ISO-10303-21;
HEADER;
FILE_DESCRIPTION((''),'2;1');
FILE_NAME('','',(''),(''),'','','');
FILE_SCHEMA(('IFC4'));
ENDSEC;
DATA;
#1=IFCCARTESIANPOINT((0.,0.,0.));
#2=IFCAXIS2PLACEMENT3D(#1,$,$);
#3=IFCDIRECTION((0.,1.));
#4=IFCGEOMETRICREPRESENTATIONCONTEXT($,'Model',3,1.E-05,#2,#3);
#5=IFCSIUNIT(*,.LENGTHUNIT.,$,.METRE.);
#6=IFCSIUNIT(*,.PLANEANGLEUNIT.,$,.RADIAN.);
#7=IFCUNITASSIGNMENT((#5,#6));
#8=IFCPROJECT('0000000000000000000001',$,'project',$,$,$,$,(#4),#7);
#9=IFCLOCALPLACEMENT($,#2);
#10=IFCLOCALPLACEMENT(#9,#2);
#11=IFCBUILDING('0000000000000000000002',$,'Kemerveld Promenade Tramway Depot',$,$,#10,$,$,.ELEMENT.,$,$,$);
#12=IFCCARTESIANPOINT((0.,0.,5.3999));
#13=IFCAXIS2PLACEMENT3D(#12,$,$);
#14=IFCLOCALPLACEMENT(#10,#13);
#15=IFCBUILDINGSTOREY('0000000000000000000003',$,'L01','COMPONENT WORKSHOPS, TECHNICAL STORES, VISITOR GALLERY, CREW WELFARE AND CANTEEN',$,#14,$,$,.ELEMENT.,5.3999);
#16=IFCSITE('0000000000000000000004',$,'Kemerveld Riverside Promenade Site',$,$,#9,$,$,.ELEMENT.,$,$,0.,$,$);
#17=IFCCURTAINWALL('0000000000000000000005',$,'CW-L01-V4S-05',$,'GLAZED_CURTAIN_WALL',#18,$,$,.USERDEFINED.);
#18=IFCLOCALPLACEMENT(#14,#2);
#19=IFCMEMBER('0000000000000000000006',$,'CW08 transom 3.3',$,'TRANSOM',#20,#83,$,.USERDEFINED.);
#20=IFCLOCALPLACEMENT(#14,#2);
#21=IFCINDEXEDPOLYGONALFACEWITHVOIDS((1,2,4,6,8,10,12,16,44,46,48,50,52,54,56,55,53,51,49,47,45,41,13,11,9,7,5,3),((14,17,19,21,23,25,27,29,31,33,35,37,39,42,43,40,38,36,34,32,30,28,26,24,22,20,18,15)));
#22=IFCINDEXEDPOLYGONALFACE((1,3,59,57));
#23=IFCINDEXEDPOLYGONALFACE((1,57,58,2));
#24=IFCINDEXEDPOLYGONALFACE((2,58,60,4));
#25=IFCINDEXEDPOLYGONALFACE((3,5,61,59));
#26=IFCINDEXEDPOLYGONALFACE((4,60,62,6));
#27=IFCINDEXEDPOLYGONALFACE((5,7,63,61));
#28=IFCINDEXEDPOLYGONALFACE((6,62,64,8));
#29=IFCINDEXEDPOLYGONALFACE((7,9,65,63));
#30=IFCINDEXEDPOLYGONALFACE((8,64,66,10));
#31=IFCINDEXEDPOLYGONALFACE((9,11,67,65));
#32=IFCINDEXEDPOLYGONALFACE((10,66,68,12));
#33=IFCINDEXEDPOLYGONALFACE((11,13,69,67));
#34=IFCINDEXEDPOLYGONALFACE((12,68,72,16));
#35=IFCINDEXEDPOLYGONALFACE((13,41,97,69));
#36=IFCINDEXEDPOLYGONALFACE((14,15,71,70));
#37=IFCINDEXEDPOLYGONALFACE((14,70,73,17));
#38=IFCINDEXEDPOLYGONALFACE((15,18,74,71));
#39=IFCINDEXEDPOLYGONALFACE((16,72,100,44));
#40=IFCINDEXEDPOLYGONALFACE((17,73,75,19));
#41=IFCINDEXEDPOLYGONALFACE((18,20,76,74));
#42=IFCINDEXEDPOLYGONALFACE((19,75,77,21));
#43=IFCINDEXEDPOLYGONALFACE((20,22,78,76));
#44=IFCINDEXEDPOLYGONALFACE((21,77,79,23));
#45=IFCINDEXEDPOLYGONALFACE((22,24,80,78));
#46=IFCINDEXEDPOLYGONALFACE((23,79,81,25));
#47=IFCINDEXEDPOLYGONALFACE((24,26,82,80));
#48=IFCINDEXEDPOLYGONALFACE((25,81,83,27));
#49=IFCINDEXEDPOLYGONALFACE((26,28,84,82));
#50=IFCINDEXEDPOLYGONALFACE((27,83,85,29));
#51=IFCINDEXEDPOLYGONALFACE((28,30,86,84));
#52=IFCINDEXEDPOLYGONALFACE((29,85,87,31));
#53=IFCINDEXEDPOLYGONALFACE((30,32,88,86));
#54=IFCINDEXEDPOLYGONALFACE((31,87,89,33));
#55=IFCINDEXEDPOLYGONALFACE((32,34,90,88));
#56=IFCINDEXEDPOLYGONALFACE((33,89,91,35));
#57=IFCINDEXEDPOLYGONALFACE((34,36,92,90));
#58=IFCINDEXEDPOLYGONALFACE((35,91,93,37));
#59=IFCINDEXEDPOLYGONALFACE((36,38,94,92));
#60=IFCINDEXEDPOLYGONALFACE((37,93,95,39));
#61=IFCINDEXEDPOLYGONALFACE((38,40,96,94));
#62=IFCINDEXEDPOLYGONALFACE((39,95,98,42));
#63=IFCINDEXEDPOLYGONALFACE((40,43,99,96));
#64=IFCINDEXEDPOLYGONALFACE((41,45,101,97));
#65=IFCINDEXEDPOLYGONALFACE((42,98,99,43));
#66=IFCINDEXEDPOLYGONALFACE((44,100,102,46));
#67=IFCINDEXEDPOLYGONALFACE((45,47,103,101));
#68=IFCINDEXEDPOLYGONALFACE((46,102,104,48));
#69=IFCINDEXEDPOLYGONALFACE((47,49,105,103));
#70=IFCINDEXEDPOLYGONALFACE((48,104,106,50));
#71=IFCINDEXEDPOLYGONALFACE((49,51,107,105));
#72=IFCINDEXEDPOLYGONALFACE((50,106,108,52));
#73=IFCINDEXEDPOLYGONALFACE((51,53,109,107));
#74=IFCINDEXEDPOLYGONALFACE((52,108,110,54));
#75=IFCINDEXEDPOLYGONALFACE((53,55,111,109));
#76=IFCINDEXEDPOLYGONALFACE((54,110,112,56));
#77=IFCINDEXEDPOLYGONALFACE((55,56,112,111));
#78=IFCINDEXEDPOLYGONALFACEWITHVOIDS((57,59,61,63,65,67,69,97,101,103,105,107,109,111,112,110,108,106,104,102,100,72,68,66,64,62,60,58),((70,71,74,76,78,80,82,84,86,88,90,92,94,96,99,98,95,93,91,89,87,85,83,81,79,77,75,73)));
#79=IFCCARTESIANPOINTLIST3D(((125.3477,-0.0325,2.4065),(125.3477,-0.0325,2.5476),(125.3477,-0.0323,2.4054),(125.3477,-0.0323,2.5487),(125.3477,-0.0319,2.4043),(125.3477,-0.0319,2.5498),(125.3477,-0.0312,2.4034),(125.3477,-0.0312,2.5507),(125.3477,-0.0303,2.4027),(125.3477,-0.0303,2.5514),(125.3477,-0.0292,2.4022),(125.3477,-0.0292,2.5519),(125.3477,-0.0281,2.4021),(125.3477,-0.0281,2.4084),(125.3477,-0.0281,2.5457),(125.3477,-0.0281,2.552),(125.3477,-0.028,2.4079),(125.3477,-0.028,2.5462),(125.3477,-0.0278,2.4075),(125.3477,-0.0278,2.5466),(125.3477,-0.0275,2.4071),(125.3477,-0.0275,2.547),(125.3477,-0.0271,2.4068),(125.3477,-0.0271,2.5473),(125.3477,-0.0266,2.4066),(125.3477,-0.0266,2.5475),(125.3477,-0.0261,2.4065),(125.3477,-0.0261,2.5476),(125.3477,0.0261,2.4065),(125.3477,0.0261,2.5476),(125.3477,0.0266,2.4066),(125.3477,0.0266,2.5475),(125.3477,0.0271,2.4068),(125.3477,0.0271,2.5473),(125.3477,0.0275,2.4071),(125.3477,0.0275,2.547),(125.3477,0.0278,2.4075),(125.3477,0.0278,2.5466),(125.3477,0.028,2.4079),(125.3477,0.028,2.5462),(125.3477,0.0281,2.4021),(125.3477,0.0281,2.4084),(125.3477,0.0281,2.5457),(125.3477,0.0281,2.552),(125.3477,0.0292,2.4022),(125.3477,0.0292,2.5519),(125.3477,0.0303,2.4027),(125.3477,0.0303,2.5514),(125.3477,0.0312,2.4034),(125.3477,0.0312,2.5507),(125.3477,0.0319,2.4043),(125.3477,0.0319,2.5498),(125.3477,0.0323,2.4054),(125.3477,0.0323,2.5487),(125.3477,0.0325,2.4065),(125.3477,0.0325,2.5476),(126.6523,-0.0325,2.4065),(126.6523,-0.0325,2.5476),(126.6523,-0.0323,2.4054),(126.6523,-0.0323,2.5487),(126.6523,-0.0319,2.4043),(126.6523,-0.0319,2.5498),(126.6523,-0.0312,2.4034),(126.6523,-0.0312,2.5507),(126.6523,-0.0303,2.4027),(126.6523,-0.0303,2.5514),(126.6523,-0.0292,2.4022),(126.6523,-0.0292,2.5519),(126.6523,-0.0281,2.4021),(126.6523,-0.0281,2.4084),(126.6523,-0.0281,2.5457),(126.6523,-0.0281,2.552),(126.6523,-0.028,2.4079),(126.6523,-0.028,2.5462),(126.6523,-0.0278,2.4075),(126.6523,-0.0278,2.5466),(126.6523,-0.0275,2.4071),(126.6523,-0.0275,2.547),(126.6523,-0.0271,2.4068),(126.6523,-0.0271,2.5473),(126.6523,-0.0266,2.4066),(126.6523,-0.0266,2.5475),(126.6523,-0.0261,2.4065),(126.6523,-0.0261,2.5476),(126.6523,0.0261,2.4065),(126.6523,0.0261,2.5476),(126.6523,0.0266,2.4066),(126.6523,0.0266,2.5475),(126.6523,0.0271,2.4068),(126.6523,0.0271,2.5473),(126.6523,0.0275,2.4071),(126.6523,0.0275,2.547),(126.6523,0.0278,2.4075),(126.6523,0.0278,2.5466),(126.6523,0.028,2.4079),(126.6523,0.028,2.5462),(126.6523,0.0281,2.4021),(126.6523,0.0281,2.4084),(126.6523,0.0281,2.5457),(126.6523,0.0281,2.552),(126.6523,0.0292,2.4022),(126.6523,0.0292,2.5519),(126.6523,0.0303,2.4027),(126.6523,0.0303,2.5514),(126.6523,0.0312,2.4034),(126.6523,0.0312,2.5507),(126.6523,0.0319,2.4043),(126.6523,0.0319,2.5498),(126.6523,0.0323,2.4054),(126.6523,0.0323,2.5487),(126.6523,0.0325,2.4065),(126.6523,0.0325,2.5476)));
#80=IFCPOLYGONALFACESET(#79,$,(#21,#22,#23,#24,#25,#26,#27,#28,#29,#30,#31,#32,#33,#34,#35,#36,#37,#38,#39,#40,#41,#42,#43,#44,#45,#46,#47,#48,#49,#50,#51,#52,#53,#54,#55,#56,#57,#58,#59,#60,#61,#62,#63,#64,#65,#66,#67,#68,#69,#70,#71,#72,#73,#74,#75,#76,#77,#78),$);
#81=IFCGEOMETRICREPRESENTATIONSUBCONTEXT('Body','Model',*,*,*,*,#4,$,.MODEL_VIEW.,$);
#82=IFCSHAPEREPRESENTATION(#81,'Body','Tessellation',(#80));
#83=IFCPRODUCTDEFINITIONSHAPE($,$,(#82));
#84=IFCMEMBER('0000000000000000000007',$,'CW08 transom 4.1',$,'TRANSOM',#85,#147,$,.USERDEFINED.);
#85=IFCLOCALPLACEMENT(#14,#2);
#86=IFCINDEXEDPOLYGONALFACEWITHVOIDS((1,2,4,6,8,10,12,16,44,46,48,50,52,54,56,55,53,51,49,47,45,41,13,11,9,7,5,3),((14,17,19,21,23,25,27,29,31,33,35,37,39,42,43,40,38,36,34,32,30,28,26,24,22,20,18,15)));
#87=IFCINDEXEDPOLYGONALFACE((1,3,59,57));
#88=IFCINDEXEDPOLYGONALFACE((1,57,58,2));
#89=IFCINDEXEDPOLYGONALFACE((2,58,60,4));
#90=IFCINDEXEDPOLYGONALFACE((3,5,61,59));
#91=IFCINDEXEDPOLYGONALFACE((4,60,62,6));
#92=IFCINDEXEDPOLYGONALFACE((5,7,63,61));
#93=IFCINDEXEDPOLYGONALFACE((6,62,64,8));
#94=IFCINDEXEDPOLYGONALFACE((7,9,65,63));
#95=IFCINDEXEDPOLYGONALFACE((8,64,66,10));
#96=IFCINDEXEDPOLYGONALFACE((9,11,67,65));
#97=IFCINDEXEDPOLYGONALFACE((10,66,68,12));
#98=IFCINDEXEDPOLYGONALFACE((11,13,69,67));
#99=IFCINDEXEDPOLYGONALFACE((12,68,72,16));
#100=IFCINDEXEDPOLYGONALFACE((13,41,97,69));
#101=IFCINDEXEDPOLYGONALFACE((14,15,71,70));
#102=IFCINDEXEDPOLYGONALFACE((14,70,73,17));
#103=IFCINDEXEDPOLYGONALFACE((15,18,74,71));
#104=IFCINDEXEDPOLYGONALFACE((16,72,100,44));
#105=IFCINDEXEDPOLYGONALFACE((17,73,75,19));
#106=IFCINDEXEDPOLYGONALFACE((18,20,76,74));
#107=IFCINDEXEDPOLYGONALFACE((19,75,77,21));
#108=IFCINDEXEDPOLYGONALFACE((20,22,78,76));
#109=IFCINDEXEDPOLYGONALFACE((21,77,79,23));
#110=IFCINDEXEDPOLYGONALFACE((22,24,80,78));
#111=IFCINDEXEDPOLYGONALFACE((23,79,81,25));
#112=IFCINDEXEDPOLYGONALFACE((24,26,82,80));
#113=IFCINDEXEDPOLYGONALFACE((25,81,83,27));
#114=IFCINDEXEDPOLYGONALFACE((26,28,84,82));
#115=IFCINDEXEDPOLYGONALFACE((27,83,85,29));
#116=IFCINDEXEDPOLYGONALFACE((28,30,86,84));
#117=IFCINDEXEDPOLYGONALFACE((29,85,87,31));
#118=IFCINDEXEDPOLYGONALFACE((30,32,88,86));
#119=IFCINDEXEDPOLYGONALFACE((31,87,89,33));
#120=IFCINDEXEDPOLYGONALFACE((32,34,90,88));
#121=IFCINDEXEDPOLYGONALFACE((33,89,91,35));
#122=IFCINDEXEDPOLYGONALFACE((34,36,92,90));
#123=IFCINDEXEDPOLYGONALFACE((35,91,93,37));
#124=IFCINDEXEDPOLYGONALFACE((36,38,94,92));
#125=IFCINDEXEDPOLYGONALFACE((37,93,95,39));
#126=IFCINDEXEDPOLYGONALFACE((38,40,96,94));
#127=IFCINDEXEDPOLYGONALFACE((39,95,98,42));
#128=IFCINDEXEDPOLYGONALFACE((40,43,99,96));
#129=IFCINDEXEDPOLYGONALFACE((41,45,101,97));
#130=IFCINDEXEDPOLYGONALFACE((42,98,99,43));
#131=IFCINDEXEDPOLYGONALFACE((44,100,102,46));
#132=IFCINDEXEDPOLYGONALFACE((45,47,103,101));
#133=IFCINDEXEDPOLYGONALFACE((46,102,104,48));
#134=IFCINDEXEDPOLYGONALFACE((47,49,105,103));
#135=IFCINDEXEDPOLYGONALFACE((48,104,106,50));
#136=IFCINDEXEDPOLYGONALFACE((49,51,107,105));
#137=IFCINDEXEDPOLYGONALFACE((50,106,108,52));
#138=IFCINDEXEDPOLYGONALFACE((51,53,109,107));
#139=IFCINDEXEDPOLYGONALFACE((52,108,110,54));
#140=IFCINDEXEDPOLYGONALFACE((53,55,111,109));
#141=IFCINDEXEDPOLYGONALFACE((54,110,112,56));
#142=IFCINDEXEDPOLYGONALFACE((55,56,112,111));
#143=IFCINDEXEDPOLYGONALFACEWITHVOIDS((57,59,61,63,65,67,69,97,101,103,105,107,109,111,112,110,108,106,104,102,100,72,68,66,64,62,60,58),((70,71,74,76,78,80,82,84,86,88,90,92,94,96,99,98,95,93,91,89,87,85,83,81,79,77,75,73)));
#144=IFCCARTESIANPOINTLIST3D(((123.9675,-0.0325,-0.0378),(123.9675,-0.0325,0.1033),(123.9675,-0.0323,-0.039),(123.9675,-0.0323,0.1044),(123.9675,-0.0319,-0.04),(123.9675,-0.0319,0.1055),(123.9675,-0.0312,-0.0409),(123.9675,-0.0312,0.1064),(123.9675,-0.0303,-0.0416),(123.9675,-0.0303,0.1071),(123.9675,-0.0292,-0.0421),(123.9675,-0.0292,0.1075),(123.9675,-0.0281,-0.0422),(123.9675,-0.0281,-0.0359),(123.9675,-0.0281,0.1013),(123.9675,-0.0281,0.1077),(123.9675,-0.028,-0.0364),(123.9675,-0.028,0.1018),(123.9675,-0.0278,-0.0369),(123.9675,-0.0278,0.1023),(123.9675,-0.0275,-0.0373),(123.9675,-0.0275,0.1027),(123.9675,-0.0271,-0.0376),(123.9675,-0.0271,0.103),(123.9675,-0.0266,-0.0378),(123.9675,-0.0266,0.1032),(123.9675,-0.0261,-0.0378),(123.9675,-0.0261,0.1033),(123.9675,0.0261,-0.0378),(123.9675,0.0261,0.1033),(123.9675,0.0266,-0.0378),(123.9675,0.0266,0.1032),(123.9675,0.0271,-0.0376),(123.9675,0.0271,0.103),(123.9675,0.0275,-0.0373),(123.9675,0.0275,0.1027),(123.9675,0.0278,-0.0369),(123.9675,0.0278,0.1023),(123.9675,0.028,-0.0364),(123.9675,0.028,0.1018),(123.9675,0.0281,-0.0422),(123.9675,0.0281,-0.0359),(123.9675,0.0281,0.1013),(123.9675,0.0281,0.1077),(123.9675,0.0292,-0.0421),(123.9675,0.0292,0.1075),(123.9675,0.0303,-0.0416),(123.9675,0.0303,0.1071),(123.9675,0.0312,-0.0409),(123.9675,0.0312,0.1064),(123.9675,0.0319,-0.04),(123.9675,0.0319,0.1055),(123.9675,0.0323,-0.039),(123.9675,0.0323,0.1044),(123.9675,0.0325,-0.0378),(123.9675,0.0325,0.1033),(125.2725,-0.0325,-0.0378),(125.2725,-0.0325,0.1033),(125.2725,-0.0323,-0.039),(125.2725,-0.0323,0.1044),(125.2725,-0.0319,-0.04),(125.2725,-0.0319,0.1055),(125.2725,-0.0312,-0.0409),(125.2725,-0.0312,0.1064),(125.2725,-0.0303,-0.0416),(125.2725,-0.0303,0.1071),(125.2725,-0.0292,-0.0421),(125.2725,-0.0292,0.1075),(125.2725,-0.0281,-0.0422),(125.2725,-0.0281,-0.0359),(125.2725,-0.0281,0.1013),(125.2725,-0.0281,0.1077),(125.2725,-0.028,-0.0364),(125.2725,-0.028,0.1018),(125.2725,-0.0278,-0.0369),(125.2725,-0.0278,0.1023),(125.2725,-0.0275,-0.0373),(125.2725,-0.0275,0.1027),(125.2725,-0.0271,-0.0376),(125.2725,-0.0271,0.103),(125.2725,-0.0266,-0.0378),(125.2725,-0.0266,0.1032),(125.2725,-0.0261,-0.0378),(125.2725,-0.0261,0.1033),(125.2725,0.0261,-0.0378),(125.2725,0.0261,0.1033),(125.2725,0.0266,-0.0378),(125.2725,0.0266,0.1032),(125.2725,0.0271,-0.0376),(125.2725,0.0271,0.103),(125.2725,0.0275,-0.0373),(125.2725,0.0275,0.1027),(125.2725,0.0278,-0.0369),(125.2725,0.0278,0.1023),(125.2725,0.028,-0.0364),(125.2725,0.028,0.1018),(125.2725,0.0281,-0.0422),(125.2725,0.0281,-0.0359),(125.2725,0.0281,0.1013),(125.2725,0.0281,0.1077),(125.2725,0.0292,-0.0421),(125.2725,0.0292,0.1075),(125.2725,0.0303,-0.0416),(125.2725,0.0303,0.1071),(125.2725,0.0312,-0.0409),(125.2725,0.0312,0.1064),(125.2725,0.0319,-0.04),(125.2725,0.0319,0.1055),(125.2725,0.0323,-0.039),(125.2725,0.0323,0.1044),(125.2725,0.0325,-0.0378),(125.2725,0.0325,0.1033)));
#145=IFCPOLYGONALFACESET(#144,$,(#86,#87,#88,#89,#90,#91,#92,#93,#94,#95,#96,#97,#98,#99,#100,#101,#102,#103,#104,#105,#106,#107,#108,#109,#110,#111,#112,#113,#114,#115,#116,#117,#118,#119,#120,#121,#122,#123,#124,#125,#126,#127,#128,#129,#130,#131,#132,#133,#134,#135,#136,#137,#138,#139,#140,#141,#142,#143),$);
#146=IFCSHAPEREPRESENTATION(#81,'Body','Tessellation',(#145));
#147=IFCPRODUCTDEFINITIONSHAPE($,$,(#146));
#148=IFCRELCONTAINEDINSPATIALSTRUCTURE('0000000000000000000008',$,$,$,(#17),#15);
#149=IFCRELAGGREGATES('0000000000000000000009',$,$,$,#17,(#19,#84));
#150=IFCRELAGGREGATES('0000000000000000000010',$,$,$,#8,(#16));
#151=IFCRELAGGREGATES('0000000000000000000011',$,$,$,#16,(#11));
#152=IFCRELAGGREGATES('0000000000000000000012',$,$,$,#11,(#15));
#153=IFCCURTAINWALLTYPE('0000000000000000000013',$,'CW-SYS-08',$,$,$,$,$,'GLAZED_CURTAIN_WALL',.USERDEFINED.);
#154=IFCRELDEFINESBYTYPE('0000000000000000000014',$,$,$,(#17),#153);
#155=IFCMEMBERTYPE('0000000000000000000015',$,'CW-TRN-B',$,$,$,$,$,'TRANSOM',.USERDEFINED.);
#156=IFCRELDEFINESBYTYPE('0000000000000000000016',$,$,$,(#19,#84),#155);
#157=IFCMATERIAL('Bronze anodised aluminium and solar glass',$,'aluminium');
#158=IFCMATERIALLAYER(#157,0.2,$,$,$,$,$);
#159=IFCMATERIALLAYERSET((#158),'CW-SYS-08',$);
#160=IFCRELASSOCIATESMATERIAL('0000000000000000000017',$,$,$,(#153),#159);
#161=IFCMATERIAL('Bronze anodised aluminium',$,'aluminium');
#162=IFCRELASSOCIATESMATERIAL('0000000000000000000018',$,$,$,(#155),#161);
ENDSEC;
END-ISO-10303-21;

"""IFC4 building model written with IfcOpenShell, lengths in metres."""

from ifc_helpers import new_model, si_unit, direction, frame, origin, origin_2d, place, context, subcontext, project, spatial, hollow_rectangle, extrude, material, layer, layer_set, material_profile, profile_set, type_object, element, aggregate, save


model = new_model("IFC4")

# Units and contexts
model_context = context("Model", 3, precision=1e-05, world=origin(), true_north=direction((0.0, 1.0)))
body_context = subcontext(model_context, "Body", "Model", "MODEL_VIEW")
ifc_project = project(units=[si_unit("LENGTHUNIT", "METRE"), si_unit("PLANEANGLEUNIT", "RADIAN")], contexts=[model_context])

# Site, building, storey
site_placement = place(None, origin())
site = spatial("IfcSite", under=ifc_project, at=site_placement, Name="Kemerveld Riverside Promenade Site", CompositionType="ELEMENT", RefElevation=0.0)
building_placement = place(site_placement, origin())
building = spatial("IfcBuilding", under=site, at=building_placement, Name="Kemerveld Promenade Tramway Depot", CompositionType="ELEMENT")
storey_placement = place(building_placement, frame((0.0, 0.0, 5.3999)))
storey = spatial("IfcBuildingStorey", under=building, at=storey_placement, Name="L01", Description="COMPONENT WORKSHOPS, TECHNICAL STORES, VISITOR GALLERY, CREW WELFARE AND CANTEEN", CompositionType="ELEMENT", Elevation=5.3999)

# Curtain wall, members
ifc_material_1 = material(Name="Bronze anodised aluminium and solar glass", Category="aluminium")
ifc_layer_1 = layer(ifc_material_1, 0.2)
ifc_layer_set_1 = layer_set([ifc_layer_1], Name="CW-SYS-08")
curtain_wall_type = type_object("IfcCurtainWallType", Name="CW-SYS-08", ElementType="GLAZED_CURTAIN_WALL", PredefinedType="USERDEFINED", material=ifc_layer_set_1)
curtain_wall_placement = place(storey_placement, origin())
curtain_wall = element("IfcCurtainWall", 1, at=curtain_wall_placement, inside=storey, type_object=curtain_wall_type, Name="CW-L01-V4S-05", ObjectType="GLAZED_CURTAIN_WALL", PredefinedType="USERDEFINED")
ifc_material_2 = material(Name="Bronze anodised aluminium", Category="aluminium")
ifc_material_profile_1 = material_profile(ifc_material_2, hollow_rectangle(XDim=0.0649, YDim=0.1499, WallThickness=0.0044, InnerFilletRadius=0.002, OuterFilletRadius=0.0044, at=origin_2d()), Name="CW-TRN-150x65")
ifc_profile_set_1 = profile_set([ifc_material_profile_1], Name="Bronze anodised aluminium")
member_type_1 = type_object("IfcMemberType", Name="CW-TRN-B", ElementType="TRANSOM", PredefinedType="USERDEFINED", material=ifc_profile_set_1)
member_1_placement = place(storey_placement, frame((126.6523, 0.0, 2.4771), z_axis=(-1.0, 0.0, 0.0), x_axis=(0.0, -1.0, 0.0)))
member_1 = element("IfcMember", 2, at=member_1_placement, type_object=member_type_1, Name="CW08 transom 3.3", ObjectType="TRANSOM", PredefinedType="USERDEFINED", context=body_context, shape_type="SweptSolid", body=[
    extrude(hollow_rectangle(XDim=0.0649, YDim=0.1499, WallThickness=0.0044, InnerFilletRadius=0.002, OuterFilletRadius=0.0044, at=origin_2d()), origin(), (0.0, 0.0, 1.0), 1.3047),
])
member_2_placement = place(storey_placement, frame((125.2725, 0.0, 0.0327), z_axis=(-1.0, 0.0, 0.0), x_axis=(0.0, -1.0, 0.0)))
member_2 = element("IfcMember", 3, at=member_2_placement, type_object=member_type_1, Name="CW08 transom 4.1", ObjectType="TRANSOM", PredefinedType="USERDEFINED", context=body_context, shape_type="SweptSolid", body=[
    extrude(hollow_rectangle(XDim=0.0649, YDim=0.1499, WallThickness=0.0044, InnerFilletRadius=0.002, OuterFilletRadius=0.0044, at=origin_2d()), origin(), (0.0, 0.0, 1.0), 1.3049),
])
aggregate(curtain_wall, [member_1, member_2])

save(model, "model.ifc")
